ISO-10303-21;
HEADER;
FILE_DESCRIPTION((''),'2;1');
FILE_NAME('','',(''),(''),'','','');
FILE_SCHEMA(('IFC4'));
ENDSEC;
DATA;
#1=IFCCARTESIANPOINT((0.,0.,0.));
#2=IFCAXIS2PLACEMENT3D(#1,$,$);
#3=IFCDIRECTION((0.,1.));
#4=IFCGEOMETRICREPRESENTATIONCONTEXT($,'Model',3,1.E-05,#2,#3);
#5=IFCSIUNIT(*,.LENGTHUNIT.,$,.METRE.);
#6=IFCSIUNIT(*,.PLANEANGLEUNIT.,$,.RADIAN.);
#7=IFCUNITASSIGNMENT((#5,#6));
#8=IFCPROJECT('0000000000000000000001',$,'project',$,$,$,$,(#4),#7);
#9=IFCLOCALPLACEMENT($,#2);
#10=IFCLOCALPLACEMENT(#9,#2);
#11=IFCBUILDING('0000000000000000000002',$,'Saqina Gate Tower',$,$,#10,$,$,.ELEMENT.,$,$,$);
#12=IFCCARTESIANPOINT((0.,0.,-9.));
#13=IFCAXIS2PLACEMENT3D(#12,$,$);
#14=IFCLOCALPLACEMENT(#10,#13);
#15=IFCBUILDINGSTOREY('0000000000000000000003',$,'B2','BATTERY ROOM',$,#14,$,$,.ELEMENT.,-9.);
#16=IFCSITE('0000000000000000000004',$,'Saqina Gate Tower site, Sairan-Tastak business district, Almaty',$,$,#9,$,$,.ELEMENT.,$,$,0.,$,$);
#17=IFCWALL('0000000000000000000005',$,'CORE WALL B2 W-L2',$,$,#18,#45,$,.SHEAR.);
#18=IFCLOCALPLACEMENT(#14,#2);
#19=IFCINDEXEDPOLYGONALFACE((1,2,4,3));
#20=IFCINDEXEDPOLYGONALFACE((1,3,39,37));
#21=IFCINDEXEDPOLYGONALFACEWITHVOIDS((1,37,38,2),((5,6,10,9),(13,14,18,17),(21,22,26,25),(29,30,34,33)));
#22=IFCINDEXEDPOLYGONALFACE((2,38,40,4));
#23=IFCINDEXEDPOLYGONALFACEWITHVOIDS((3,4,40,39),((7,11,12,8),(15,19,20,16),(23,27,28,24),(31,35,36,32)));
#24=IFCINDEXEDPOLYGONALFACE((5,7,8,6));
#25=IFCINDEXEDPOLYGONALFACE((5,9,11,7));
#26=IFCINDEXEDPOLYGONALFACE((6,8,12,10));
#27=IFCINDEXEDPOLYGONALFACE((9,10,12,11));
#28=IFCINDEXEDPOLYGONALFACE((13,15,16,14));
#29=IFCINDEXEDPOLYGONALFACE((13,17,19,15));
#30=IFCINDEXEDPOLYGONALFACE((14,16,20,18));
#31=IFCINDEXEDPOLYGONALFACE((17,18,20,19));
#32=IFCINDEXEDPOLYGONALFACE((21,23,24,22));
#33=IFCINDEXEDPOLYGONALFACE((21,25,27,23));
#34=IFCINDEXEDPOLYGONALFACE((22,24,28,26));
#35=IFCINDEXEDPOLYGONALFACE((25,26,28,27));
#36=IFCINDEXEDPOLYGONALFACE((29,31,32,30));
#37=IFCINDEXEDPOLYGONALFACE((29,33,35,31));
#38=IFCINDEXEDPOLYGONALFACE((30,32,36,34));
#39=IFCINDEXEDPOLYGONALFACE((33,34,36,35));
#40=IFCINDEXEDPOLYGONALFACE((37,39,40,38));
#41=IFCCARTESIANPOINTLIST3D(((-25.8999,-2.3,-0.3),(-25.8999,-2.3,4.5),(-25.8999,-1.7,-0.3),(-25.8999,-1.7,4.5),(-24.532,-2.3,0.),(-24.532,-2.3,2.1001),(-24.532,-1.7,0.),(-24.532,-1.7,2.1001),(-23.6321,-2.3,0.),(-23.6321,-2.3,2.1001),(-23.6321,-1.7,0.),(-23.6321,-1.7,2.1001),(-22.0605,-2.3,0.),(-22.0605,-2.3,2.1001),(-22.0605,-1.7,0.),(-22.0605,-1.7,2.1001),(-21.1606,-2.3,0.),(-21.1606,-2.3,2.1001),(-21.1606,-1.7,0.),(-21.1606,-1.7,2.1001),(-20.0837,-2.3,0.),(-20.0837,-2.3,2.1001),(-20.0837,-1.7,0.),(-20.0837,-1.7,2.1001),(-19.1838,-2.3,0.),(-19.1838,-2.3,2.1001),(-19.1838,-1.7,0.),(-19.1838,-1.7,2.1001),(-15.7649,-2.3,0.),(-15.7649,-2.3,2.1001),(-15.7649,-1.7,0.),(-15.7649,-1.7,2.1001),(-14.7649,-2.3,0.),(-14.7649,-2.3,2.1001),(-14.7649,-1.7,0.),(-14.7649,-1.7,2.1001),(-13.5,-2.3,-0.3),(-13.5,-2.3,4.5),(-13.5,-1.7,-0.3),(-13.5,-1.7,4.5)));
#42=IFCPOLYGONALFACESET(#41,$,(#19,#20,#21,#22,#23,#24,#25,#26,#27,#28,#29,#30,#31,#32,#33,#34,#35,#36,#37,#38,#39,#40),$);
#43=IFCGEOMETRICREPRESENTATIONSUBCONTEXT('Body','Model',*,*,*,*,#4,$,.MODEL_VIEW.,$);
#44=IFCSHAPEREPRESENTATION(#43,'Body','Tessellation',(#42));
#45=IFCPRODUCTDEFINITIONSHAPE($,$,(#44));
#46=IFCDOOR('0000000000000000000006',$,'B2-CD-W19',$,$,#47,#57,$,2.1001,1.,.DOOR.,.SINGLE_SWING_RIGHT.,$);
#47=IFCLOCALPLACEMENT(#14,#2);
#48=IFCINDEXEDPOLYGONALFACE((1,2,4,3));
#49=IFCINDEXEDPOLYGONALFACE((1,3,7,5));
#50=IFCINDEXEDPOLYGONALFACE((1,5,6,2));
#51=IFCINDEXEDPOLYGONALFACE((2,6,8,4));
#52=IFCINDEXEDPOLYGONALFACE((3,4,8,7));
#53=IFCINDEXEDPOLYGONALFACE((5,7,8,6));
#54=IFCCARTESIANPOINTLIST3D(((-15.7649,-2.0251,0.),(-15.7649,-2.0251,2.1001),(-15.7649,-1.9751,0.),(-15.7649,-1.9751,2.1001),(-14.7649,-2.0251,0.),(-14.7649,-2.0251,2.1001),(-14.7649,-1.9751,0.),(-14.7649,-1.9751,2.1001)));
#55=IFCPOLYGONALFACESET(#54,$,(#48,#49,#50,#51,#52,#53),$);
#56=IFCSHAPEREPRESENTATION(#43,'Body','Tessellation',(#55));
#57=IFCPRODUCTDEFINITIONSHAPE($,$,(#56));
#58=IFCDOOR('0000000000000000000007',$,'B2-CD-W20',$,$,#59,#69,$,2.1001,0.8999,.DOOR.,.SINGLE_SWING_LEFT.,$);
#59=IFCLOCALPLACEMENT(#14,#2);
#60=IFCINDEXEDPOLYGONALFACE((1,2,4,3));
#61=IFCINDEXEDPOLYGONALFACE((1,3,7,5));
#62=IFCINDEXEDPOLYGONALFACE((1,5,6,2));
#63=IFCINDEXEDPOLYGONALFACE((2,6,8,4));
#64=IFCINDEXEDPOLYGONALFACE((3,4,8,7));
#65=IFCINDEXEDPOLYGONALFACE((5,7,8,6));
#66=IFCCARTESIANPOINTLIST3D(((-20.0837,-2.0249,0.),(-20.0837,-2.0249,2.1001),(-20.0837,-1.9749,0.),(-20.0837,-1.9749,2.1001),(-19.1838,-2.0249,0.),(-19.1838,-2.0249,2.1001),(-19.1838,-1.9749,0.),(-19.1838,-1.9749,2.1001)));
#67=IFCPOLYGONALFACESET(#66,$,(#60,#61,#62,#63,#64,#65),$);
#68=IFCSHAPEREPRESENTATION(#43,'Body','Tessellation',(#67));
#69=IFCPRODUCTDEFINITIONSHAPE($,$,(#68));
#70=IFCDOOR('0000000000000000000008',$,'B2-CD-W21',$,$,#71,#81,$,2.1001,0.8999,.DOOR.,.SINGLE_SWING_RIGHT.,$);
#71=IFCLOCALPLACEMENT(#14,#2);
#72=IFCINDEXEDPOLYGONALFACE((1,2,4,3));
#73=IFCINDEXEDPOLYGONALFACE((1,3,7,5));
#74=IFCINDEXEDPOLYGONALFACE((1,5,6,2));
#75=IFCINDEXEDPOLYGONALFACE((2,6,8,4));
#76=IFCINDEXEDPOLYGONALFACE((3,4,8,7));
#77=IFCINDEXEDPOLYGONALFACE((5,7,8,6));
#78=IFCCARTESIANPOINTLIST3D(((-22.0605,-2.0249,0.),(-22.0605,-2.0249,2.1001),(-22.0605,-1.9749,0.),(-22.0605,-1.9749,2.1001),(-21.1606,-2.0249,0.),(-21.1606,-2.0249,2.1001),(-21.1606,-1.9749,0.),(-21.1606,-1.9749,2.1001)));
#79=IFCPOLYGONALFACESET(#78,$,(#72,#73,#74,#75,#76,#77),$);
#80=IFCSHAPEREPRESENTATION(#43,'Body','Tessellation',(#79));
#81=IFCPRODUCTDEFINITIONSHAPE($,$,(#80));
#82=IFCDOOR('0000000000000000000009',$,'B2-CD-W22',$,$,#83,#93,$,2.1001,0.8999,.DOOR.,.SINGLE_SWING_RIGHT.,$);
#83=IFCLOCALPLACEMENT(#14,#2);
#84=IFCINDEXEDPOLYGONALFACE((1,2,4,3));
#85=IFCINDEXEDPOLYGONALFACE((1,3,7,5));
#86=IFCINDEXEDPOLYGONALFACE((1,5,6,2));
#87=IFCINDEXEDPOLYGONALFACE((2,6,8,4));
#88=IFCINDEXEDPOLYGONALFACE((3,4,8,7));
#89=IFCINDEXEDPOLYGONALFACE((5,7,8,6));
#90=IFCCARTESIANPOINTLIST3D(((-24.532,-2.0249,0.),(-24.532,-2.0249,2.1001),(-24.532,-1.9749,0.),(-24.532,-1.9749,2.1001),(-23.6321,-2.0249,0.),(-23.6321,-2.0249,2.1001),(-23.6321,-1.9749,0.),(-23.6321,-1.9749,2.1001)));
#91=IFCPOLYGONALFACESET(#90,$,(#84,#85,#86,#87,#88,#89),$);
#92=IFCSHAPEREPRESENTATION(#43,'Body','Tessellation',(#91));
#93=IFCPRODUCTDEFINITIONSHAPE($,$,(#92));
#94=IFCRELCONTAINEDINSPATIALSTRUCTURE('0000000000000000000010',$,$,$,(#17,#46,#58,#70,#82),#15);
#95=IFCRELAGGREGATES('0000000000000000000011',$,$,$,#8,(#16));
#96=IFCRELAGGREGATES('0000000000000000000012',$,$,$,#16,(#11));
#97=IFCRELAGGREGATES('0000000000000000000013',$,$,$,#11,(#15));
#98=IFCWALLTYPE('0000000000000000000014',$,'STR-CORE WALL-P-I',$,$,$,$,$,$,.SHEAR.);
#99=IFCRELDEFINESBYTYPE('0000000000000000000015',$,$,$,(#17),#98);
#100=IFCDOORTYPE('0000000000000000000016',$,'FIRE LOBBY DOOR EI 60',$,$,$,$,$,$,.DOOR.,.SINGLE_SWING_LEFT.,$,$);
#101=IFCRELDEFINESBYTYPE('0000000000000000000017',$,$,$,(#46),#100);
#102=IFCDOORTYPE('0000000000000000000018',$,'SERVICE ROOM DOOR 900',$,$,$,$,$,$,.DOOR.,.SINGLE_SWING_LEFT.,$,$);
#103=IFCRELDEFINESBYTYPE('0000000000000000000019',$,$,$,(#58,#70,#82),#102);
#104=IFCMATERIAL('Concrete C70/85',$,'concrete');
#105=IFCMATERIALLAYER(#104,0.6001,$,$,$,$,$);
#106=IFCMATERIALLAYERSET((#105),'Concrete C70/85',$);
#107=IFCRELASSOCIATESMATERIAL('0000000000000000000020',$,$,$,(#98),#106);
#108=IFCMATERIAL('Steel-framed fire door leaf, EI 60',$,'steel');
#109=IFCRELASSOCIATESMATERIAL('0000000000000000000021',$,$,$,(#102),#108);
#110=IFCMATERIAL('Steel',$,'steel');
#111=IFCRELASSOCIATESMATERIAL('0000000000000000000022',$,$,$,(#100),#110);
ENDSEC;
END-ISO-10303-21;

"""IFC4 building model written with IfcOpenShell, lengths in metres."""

from ifc_helpers import new_model, si_unit, direction, frame, frame_2d, origin, place, context, subcontext, project, spatial, rectangle, extrude, material, layer, layer_set, type_object, element, fill, save


model = new_model("IFC4")

# Units and contexts
model_context = context("Model", 3, precision=1e-05, world=origin(), true_north=direction((0.0, 1.0)))
body_context = subcontext(model_context, "Body", "Model", "MODEL_VIEW")
ifc_project = project(units=[si_unit("LENGTHUNIT", "METRE"), si_unit("PLANEANGLEUNIT", "RADIAN")], contexts=[model_context])

# Site, building, storey
site_placement = place(None, origin())
site = spatial("IfcSite", under=ifc_project, at=site_placement, Name="Saqina Gate Tower site, Sairan-Tastak business district, Almaty", CompositionType="ELEMENT", RefElevation=0.0)
building_placement = place(site_placement, origin())
building = spatial("IfcBuilding", under=site, at=building_placement, Name="Saqina Gate Tower", CompositionType="ELEMENT")
storey_placement = place(building_placement, frame((0.0, 0.0, -9.0)))
storey = spatial("IfcBuildingStorey", under=building, at=storey_placement, Name="B2", Description="BATTERY ROOM", CompositionType="ELEMENT", Elevation=-9.0)

# Wall, openings, doors
ifc_material_1 = material(Name="Concrete C70/85", Category="concrete")
ifc_layer_1 = layer(ifc_material_1, 0.6001)
ifc_layer_set_1 = layer_set([ifc_layer_1], Name="Concrete C70/85")
wall_type_1 = type_object("IfcWallType", Name="STR-CORE WALL-P-I", PredefinedType="SHEAR", material=ifc_layer_set_1)
ifc_material_2 = material(Name="Steel-framed fire door leaf, EI 60", Category="steel")
door_type_1 = type_object("IfcDoorType", Name="SERVICE ROOM DOOR 900", OperationType="SINGLE_SWING_LEFT", PredefinedType="DOOR", material=ifc_material_2)
wall_1_placement = place(storey_placement, frame((-13.5, -2.0, -0.3), z_axis=(0.0, 0.0, 1.0), x_axis=(-1.0, 0.0, 0.0)))
wall_1 = element("IfcWall", 1, at=wall_1_placement, inside=storey, type_object=wall_type_1, Name="CORE WALL B2 W-L2", PredefinedType="SHEAR", context=body_context, shape_type="SweptSolid", body=[
    extrude(rectangle(XDim=12.3999, YDim=0.6001, at=frame_2d((6.2, 0.0))), origin(), (0.0, 0.0, 1.0), 4.8),
])
opening_1_placement = place(wall_1_placement, frame((1.2649, 0.0, 0.3)))
opening_1 = element("IfcOpeningElement", 2, at=opening_1_placement, cuts=wall_1, PredefinedType="OPENING", context=body_context, shape_type="SweptSolid", body=[
    extrude(rectangle(XDim=1.0, YDim=2.1001, at=frame_2d((0.5, 1.05))), frame((0.0, 0.312, 0.0), z_axis=(0.0, -1.0, 0.0), x_axis=(1.0, 0.0, 0.0)), (0.0, 0.0, 1.0), 0.624),
])
opening_2_placement = place(wall_1_placement, frame((5.6838, 0.0, 0.3)))
opening_2 = element("IfcOpeningElement", 3, at=opening_2_placement, cuts=wall_1, PredefinedType="OPENING", context=body_context, shape_type="SweptSolid", body=[
    extrude(rectangle(XDim=0.8999, YDim=2.1001, at=frame_2d((0.45, 1.05))), frame((0.0, 0.312, 0.0), z_axis=(0.0, -1.0, 0.0), x_axis=(1.0, 0.0, 0.0)), (0.0, 0.0, 1.0), 0.624),
])
opening_3_placement = place(wall_1_placement, frame((7.6606, 0.0, 0.3)))
opening_3 = element("IfcOpeningElement", 4, at=opening_3_placement, cuts=wall_1, PredefinedType="OPENING", context=body_context, shape_type="SweptSolid", body=[
    extrude(rectangle(XDim=0.8999, YDim=2.1001, at=frame_2d((0.45, 1.05))), frame((0.0, 0.312, 0.0), z_axis=(0.0, -1.0, 0.0), x_axis=(1.0, 0.0, 0.0)), (0.0, 0.0, 1.0), 0.624),
])
opening_4_placement = place(wall_1_placement, frame((10.1321, 0.0, 0.3)))
opening_4 = element("IfcOpeningElement", 5, at=opening_4_placement, cuts=wall_1, PredefinedType="OPENING", context=body_context, shape_type="SweptSolid", body=[
    extrude(rectangle(XDim=0.8999, YDim=2.1001, at=frame_2d((0.45, 1.05))), frame((0.0, 0.312, 0.0), z_axis=(0.0, -1.0, 0.0), x_axis=(1.0, 0.0, 0.0)), (0.0, 0.0, 1.0), 0.624),
])
ifc_material_3 = material(Name="Steel", Category="steel")
door_type_2 = type_object("IfcDoorType", Name="FIRE LOBBY DOOR EI 60", OperationType="SINGLE_SWING_LEFT", PredefinedType="DOOR", material=ifc_material_3)
door_1_placement = place(opening_1_placement, frame((1.0, 0.0, 0.0), z_axis=(0.0, 0.0, 1.0), x_axis=(-1.0, 0.0, 0.0)))
door_1 = element("IfcDoor", 6, at=door_1_placement, inside=storey, type_object=door_type_2, Name="B2-CD-W19", OperationType="SINGLE_SWING_RIGHT", OverallHeight=2.1001, OverallWidth=1.0, PredefinedType="DOOR", context=body_context, shape_type="SweptSolid", body=[
    extrude(rectangle(XDim=1.0, YDim=2.1001, at=frame_2d((0.5, 1.05))), frame((0.0, 0.0249, 0.0), z_axis=(0.0, -1.0, 0.0), x_axis=(1.0, 0.0, 0.0)), (0.0, 0.0, 1.0), 0.05),
])
fill(opening_1, door_1)
door_2_placement = place(opening_2_placement, origin())
door_2 = element("IfcDoor", 7, at=door_2_placement, inside=storey, type_object=door_type_1, Name="B2-CD-W20", OperationType="SINGLE_SWING_LEFT", OverallHeight=2.1001, OverallWidth=0.8999, PredefinedType="DOOR", context=body_context, shape_type="SweptSolid", body=[
    extrude(rectangle(XDim=0.8999, YDim=2.1001, at=frame_2d((0.45, 1.05))), frame((0.0, 0.0249, 0.0), z_axis=(0.0, -1.0, 0.0), x_axis=(1.0, 0.0, 0.0)), (0.0, 0.0, 1.0), 0.05),
])
fill(opening_2, door_2)
door_3_placement = place(opening_3_placement, origin())
door_3 = element("IfcDoor", 8, at=door_3_placement, inside=storey, type_object=door_type_1, Name="B2-CD-W21", OperationType="SINGLE_SWING_RIGHT", OverallHeight=2.1001, OverallWidth=0.8999, PredefinedType="DOOR", context=body_context, shape_type="SweptSolid", body=[
    extrude(rectangle(XDim=0.8999, YDim=2.1001, at=frame_2d((0.45, 1.05))), frame((0.0, 0.0249, 0.0), z_axis=(0.0, -1.0, 0.0), x_axis=(1.0, 0.0, 0.0)), (0.0, 0.0, 1.0), 0.05),
])
fill(opening_3, door_3)
door_4_placement = place(opening_4_placement, origin())
door_4 = element("IfcDoor", 9, at=door_4_placement, inside=storey, type_object=door_type_1, Name="B2-CD-W22", OperationType="SINGLE_SWING_RIGHT", OverallHeight=2.1001, OverallWidth=0.8999, PredefinedType="DOOR", context=body_context, shape_type="SweptSolid", body=[
    extrude(rectangle(XDim=0.8999, YDim=2.1001, at=frame_2d((0.45, 1.05))), frame((0.0, 0.0249, 0.0), z_axis=(0.0, -1.0, 0.0), x_axis=(1.0, 0.0, 0.0)), (0.0, 0.0, 1.0), 0.05),
])
fill(opening_4, door_4)

save(model, "model.ifc")
